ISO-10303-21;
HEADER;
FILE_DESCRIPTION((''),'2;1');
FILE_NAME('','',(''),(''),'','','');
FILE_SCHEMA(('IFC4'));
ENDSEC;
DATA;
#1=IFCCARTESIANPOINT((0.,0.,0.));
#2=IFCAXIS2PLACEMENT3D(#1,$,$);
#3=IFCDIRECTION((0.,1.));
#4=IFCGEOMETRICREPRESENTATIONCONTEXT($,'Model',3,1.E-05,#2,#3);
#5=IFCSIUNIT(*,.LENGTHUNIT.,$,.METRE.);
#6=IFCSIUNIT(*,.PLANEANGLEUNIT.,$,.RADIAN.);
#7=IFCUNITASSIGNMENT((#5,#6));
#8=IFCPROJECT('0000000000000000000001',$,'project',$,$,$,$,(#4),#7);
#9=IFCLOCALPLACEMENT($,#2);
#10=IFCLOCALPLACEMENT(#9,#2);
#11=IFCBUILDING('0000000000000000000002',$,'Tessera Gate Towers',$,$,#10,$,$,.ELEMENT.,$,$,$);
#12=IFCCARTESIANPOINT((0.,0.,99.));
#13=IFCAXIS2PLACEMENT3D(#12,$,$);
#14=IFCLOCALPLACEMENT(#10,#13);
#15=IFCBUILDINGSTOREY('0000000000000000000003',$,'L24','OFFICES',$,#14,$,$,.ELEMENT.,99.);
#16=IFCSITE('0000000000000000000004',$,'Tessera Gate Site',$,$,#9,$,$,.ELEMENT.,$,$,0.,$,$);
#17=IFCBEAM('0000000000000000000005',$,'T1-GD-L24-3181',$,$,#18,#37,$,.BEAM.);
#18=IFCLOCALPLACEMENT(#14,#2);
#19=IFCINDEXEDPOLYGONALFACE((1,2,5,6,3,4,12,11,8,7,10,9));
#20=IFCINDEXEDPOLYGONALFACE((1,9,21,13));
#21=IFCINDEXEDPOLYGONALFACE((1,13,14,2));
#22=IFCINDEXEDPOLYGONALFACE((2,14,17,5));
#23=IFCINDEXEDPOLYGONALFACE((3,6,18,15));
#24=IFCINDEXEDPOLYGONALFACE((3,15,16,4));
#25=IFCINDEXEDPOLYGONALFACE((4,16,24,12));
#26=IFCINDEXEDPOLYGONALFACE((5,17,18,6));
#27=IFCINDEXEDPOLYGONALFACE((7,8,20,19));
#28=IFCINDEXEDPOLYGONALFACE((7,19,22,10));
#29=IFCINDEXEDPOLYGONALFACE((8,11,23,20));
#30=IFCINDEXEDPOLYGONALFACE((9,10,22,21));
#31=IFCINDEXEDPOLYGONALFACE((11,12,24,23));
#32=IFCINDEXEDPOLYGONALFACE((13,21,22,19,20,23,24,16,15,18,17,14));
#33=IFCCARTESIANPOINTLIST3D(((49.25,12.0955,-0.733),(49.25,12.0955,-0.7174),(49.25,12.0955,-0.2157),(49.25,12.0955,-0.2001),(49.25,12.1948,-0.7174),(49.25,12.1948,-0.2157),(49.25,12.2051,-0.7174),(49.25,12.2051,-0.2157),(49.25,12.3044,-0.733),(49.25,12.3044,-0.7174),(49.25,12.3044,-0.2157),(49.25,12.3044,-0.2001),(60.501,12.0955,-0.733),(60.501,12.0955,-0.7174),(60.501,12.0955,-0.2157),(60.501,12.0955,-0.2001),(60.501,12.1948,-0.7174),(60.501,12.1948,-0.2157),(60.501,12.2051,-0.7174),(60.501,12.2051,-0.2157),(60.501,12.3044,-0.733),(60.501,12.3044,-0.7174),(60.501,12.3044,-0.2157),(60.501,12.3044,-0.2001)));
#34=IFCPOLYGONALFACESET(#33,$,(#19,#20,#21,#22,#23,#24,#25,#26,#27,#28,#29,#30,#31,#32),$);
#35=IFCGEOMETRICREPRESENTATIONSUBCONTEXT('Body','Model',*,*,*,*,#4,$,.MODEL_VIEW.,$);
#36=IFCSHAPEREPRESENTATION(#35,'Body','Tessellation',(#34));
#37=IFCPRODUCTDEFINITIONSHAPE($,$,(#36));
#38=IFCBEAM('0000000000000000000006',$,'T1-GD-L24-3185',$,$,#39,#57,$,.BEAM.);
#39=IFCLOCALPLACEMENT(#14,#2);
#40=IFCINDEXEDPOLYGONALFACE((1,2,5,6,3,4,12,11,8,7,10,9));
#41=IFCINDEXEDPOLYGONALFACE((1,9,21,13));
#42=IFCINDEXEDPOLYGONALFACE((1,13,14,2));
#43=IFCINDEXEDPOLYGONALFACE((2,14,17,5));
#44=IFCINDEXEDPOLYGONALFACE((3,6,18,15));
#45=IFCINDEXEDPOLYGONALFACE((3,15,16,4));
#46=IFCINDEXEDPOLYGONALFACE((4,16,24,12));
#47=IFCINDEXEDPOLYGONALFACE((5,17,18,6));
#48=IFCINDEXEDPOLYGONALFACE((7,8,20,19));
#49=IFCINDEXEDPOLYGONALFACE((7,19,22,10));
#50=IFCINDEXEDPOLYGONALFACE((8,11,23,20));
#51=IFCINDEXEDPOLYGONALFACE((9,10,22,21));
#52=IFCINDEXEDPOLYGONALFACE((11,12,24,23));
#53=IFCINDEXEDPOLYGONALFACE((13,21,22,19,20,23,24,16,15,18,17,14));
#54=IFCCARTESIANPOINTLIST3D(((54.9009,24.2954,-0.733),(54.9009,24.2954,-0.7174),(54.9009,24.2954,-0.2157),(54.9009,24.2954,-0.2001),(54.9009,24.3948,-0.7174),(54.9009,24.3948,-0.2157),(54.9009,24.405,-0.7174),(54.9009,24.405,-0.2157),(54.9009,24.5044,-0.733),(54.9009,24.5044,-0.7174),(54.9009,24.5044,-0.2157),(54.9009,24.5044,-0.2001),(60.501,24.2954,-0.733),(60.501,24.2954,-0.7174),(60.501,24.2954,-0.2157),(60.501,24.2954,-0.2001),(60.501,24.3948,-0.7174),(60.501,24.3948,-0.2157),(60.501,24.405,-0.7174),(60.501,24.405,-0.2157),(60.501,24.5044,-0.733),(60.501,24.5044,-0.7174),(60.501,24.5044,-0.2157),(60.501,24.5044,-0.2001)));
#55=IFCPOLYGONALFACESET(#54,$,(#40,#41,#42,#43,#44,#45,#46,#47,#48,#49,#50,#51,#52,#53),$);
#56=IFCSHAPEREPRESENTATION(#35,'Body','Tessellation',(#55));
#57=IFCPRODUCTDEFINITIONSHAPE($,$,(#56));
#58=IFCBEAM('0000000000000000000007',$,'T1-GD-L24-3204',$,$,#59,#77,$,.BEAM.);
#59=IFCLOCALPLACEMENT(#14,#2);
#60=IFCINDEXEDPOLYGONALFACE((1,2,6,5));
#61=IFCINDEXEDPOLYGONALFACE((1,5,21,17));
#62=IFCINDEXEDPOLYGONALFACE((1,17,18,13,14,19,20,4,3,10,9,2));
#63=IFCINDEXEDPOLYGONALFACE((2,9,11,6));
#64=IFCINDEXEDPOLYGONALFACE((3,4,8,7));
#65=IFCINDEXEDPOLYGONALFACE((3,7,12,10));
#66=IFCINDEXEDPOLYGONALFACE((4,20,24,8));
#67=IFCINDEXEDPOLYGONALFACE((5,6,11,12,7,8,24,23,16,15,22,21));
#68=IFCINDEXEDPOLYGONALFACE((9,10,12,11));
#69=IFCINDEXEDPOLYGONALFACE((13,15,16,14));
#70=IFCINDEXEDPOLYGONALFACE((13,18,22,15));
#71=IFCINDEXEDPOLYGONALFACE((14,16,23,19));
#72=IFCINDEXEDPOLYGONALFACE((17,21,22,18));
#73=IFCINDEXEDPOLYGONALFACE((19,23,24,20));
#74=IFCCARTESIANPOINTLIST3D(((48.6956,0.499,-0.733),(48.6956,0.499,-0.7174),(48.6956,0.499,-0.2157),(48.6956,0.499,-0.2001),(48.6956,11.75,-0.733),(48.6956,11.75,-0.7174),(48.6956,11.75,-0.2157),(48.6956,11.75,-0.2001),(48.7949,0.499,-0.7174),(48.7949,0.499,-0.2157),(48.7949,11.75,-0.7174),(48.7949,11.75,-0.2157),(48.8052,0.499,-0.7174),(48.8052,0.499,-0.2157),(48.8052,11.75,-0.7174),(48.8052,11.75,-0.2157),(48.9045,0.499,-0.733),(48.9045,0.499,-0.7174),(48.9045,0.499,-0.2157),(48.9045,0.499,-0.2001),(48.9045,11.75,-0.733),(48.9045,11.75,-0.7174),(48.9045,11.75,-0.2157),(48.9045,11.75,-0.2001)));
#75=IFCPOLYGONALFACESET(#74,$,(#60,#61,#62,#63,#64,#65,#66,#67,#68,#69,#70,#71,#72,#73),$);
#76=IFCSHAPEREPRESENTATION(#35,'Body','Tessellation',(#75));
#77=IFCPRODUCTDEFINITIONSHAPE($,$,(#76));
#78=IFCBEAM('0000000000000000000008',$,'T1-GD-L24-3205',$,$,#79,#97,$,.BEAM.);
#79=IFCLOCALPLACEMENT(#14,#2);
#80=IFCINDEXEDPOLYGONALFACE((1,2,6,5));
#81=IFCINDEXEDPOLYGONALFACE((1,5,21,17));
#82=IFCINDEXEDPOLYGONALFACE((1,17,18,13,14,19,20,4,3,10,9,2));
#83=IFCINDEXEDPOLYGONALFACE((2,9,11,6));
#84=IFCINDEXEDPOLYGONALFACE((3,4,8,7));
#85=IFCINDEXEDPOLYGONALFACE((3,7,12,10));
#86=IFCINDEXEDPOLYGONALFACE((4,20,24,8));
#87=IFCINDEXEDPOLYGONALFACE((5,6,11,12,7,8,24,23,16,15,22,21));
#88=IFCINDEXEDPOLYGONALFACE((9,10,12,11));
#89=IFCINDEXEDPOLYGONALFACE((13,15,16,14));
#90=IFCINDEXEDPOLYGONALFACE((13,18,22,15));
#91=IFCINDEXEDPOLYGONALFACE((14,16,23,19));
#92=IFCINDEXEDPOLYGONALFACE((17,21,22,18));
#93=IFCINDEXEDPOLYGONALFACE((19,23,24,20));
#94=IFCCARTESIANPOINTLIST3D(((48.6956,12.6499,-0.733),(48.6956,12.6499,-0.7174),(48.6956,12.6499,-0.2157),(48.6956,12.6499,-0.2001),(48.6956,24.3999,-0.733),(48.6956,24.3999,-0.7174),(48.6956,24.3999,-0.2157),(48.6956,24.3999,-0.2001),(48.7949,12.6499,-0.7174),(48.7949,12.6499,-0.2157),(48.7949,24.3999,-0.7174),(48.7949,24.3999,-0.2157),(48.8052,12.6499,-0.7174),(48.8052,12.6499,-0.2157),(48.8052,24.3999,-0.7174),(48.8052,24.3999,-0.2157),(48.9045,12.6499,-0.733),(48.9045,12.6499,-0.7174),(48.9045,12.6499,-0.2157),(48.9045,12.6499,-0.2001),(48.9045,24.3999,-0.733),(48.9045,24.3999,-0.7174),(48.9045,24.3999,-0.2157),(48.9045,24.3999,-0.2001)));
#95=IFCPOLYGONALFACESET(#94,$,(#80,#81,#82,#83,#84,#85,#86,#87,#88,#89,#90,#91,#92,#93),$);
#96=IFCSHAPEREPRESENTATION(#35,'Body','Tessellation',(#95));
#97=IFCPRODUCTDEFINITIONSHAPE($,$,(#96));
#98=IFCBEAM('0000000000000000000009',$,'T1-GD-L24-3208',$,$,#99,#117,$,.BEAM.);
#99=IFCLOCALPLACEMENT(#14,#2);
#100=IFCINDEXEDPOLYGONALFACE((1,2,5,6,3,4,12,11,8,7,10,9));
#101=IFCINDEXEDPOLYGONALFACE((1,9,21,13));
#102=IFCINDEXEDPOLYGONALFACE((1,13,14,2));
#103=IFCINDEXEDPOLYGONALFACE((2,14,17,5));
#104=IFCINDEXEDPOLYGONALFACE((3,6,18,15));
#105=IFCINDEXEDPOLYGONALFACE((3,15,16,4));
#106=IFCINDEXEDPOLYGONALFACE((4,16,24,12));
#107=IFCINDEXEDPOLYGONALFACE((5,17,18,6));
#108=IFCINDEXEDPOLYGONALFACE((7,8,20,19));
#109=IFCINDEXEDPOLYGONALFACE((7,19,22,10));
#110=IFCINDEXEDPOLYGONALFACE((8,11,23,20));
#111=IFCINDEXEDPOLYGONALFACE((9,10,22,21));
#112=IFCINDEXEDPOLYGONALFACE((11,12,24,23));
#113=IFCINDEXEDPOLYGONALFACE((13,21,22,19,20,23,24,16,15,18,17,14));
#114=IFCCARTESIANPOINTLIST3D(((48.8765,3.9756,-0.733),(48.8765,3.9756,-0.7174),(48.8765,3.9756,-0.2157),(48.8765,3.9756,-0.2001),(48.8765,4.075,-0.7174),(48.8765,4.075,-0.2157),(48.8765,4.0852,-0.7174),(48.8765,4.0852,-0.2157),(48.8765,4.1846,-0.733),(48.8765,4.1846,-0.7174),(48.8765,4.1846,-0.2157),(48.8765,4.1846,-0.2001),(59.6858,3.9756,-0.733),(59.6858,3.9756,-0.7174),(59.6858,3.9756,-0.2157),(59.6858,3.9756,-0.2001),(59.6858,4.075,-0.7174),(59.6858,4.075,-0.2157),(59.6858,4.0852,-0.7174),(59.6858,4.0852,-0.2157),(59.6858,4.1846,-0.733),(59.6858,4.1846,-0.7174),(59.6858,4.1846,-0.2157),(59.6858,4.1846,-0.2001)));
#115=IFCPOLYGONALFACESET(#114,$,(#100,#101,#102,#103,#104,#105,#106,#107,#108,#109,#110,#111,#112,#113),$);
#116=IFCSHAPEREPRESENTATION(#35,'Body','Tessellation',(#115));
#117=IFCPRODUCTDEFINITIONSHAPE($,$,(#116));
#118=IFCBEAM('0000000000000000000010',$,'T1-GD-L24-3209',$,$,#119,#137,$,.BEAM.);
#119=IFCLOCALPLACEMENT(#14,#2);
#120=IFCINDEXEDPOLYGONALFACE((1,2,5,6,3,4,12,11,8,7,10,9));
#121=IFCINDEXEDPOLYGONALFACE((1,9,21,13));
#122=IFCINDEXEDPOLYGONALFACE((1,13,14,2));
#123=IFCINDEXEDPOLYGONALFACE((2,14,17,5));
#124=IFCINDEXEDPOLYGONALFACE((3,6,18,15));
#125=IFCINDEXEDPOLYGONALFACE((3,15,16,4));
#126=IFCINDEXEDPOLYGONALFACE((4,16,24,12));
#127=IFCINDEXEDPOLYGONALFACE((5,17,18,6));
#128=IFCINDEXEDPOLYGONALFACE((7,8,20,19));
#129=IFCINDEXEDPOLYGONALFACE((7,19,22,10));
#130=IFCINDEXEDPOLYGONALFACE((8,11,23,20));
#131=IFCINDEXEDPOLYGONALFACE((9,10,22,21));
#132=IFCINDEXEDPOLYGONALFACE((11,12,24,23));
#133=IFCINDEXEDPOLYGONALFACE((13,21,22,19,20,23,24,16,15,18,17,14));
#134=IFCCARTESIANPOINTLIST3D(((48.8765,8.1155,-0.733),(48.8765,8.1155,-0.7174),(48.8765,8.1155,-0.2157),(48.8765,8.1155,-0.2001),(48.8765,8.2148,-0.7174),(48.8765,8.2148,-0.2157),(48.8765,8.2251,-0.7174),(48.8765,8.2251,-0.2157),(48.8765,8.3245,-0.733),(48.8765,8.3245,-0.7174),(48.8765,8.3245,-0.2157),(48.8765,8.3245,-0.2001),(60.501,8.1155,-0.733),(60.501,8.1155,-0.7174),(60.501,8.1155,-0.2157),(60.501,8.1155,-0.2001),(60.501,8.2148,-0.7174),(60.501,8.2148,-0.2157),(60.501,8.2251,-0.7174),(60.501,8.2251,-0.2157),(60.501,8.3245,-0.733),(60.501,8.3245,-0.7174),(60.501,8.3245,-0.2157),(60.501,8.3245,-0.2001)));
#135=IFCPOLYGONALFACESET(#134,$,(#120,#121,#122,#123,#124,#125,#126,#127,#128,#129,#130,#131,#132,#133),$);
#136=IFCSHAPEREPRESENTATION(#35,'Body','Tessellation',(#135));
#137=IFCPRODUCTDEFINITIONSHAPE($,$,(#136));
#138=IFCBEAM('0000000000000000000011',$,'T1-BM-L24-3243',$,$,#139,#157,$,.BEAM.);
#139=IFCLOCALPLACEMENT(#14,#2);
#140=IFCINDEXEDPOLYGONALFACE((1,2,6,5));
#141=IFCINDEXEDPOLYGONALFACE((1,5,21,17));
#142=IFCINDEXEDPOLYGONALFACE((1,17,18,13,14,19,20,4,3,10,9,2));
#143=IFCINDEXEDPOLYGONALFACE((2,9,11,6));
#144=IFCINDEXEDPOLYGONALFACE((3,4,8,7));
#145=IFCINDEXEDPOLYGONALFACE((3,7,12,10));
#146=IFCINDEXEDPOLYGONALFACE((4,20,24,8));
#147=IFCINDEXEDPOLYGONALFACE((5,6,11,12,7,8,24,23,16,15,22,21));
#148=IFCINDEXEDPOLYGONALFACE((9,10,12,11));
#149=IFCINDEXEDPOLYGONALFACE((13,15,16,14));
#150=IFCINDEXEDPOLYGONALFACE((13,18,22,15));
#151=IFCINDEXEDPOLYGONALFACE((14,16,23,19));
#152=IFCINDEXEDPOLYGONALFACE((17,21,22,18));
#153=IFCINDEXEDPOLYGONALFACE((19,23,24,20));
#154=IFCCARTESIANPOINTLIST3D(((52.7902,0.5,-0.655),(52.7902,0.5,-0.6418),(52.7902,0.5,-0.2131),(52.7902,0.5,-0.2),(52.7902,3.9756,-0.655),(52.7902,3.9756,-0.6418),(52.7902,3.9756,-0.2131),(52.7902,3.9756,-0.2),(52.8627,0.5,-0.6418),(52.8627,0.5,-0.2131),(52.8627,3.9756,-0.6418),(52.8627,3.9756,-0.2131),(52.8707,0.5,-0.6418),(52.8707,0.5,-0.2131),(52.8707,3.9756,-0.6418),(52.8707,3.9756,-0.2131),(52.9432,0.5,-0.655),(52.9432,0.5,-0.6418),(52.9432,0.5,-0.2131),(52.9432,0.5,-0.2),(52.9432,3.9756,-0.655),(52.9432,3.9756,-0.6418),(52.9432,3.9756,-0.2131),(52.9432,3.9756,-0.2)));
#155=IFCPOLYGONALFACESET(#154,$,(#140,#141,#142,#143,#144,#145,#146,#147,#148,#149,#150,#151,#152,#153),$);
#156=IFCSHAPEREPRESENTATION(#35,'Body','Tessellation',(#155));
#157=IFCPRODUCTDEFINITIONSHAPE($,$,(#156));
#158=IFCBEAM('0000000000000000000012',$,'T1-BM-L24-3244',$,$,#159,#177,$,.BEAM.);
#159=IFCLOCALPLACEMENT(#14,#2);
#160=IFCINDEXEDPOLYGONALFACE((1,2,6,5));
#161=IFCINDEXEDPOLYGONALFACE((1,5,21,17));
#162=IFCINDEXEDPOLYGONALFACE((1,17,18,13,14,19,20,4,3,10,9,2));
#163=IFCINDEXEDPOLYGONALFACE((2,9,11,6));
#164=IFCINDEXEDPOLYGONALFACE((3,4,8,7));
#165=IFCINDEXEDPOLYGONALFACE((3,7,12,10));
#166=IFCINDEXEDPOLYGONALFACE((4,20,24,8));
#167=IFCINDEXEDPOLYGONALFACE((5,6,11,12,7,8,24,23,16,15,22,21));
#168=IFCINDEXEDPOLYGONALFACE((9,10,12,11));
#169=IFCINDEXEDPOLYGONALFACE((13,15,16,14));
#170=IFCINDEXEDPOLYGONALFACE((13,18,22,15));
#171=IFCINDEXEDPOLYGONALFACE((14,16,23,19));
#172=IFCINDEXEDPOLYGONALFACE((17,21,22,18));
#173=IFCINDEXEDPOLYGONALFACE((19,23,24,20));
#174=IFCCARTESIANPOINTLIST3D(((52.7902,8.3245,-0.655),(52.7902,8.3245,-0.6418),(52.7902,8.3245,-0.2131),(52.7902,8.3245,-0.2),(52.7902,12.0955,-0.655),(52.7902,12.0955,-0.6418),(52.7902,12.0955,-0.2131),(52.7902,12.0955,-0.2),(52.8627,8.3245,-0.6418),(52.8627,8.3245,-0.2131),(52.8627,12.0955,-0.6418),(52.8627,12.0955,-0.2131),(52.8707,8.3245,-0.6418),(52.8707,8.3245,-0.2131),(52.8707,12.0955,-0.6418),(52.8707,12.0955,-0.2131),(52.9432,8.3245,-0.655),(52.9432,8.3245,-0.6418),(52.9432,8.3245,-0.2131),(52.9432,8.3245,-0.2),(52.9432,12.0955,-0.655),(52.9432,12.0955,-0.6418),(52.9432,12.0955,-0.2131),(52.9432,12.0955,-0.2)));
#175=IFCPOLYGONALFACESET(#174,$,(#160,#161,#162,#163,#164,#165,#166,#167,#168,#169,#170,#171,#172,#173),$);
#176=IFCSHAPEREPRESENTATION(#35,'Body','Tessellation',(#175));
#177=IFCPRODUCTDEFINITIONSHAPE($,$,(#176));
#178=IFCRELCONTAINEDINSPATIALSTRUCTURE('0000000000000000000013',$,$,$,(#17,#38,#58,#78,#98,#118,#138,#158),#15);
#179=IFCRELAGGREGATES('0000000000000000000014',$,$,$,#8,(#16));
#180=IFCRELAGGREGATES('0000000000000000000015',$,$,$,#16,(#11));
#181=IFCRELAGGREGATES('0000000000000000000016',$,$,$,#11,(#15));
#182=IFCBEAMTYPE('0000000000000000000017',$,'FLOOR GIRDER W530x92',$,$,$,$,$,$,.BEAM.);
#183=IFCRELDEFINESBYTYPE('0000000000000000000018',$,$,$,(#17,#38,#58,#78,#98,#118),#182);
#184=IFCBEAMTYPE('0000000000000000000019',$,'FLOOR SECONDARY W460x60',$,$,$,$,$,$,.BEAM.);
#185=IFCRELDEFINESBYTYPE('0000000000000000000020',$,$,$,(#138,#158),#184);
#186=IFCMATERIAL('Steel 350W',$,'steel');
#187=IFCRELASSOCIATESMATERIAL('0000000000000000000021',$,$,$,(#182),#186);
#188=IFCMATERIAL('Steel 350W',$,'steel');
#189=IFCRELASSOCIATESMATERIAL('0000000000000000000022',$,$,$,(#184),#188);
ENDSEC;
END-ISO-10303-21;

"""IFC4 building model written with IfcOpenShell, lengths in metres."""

from ifc_helpers import new_model, si_unit, direction, frame, origin, origin_2d, place, context, subcontext, project, spatial, i_section, extrude, material, material_profile, profile_set, type_object, element, save


model = new_model("IFC4")

# Units and contexts
model_context = context("Model", 3, precision=1e-05, world=origin(), true_north=direction((0.0, 1.0)))
body_context = subcontext(model_context, "Body", "Model", "MODEL_VIEW")
ifc_project = project(units=[si_unit("LENGTHUNIT", "METRE"), si_unit("PLANEANGLEUNIT", "RADIAN")], contexts=[model_context])

# Site, building, storey
site_placement = place(None, origin())
site = spatial("IfcSite", under=ifc_project, at=site_placement, Name="Tessera Gate Site", CompositionType="ELEMENT", RefElevation=0.0)
building_placement = place(site_placement, origin())
building = spatial("IfcBuilding", under=site, at=building_placement, Name="Tessera Gate Towers", CompositionType="ELEMENT")
storey_placement = place(building_placement, frame((0.0, 0.0, 99.0)))
storey = spatial("IfcBuildingStorey", under=building, at=storey_placement, Name="L24", Description="OFFICES", CompositionType="ELEMENT", Elevation=99.0)

# Beams
ifc_material_1 = material(Name="Steel 350W", Category="steel")
ifc_material_profile_1 = material_profile(ifc_material_1, i_section(OverallWidth=0.209, OverallDepth=0.533, WebThickness=0.0103, FlangeThickness=0.0156, at=origin_2d()), Name="W530x92")
ifc_profile_set_1 = profile_set([ifc_material_profile_1], Name="Steel 350W")
beam_type_1 = type_object("IfcBeamType", Name="FLOOR GIRDER W530x92", PredefinedType="BEAM", material=ifc_profile_set_1)
beam_1_placement = place(storey_placement, frame((49.25, 12.2, -0.4666), z_axis=(1.0, 0.0, 0.0), x_axis=(0.0, 1.0, 0.0)))
element("IfcBeam", 1, at=beam_1_placement, inside=storey, type_object=beam_type_1, Name="T1-GD-L24-3181", PredefinedType="BEAM", context=body_context, shape_type="SweptSolid", body=[
    extrude(i_section(OverallWidth=0.209, OverallDepth=0.533, WebThickness=0.0103, FlangeThickness=0.0156, at=origin_2d()), origin(), (0.0, 0.0, 1.0), 11.251),
])
beam_2_placement = place(storey_placement, frame((54.9009, 24.3999, -0.4666), z_axis=(1.0, 0.0, 0.0), x_axis=(0.0, 1.0, 0.0)))
element("IfcBeam", 2, at=beam_2_placement, inside=storey, type_object=beam_type_1, Name="T1-GD-L24-3185", PredefinedType="BEAM", context=body_context, shape_type="SweptSolid", body=[
    extrude(i_section(OverallWidth=0.209, OverallDepth=0.533, WebThickness=0.0103, FlangeThickness=0.0156, at=origin_2d()), origin(), (0.0, 0.0, 1.0), 5.6001),
])
beam_3_placement = place(storey_placement, frame((48.8, 0.499, -0.4666), z_axis=(0.0, 1.0, 0.0), x_axis=(-1.0, 0.0, 0.0)))
element("IfcBeam", 3, at=beam_3_placement, inside=storey, type_object=beam_type_1, Name="T1-GD-L24-3204", PredefinedType="BEAM", context=body_context, shape_type="SweptSolid", body=[
    extrude(i_section(OverallWidth=0.209, OverallDepth=0.533, WebThickness=0.0103, FlangeThickness=0.0156, at=origin_2d()), origin(), (0.0, 0.0, 1.0), 11.251),
])
beam_4_placement = place(storey_placement, frame((48.8, 12.6499, -0.4666), z_axis=(0.0, 1.0, 0.0), x_axis=(-1.0, 0.0, 0.0)))
element("IfcBeam", 4, at=beam_4_placement, inside=storey, type_object=beam_type_1, Name="T1-GD-L24-3205", PredefinedType="BEAM", context=body_context, shape_type="SweptSolid", body=[
    extrude(i_section(OverallWidth=0.209, OverallDepth=0.533, WebThickness=0.0103, FlangeThickness=0.0156, at=origin_2d()), origin(), (0.0, 0.0, 1.0), 11.75),
])
beam_5_placement = place(storey_placement, frame((48.8765, 4.0801, -0.4666), z_axis=(1.0, 0.0, 0.0), x_axis=(0.0, 1.0, 0.0)))
element("IfcBeam", 5, at=beam_5_placement, inside=storey, type_object=beam_type_1, Name="T1-GD-L24-3208", PredefinedType="BEAM", context=body_context, shape_type="SweptSolid", body=[
    extrude(i_section(OverallWidth=0.209, OverallDepth=0.533, WebThickness=0.0103, FlangeThickness=0.0156, at=origin_2d()), origin(), (0.0, 0.0, 1.0), 10.8093),
])
beam_6_placement = place(storey_placement, frame((48.8765, 8.22, -0.4666), z_axis=(1.0, 0.0, 0.0), x_axis=(0.0, 1.0, 0.0)))
element("IfcBeam", 6, at=beam_6_placement, inside=storey, type_object=beam_type_1, Name="T1-GD-L24-3209", PredefinedType="BEAM", context=body_context, shape_type="SweptSolid", body=[
    extrude(i_section(OverallWidth=0.209, OverallDepth=0.533, WebThickness=0.0103, FlangeThickness=0.0156, at=origin_2d()), origin(), (0.0, 0.0, 1.0), 11.6245),
])
ifc_material_2 = material(Name="Steel 350W", Category="steel")
ifc_material_profile_2 = material_profile(ifc_material_2, i_section(OverallWidth=0.1531, OverallDepth=0.4551, WebThickness=0.0081, FlangeThickness=0.0132, at=origin_2d()), Name="W460x60")
ifc_profile_set_2 = profile_set([ifc_material_profile_2], Name="Steel 350W")
beam_type_2 = type_object("IfcBeamType", Name="FLOOR SECONDARY W460x60", PredefinedType="BEAM", material=ifc_profile_set_2)
beam_7_placement = place(storey_placement, frame((52.8667, 0.5, -0.4275), z_axis=(0.0, 1.0, 0.0), x_axis=(-1.0, 0.0, 0.0)))
element("IfcBeam", 7, at=beam_7_placement, inside=storey, type_object=beam_type_2, Name="T1-BM-L24-3243", PredefinedType="BEAM", context=body_context, shape_type="SweptSolid", body=[
    extrude(i_section(OverallWidth=0.1531, OverallDepth=0.4551, WebThickness=0.0081, FlangeThickness=0.0132, at=origin_2d()), origin(), (0.0, 0.0, 1.0), 3.4756),
])
beam_8_placement = place(storey_placement, frame((52.8667, 8.3245, -0.4275), z_axis=(0.0, 1.0, 0.0), x_axis=(-1.0, 0.0, 0.0)))
element("IfcBeam", 8, at=beam_8_placement, inside=storey, type_object=beam_type_2, Name="T1-BM-L24-3244", PredefinedType="BEAM", context=body_context, shape_type="SweptSolid", body=[
    extrude(i_section(OverallWidth=0.1531, OverallDepth=0.4551, WebThickness=0.0081, FlangeThickness=0.0132, at=origin_2d()), origin(), (0.0, 0.0, 1.0), 3.771),
])

save(model, "model.ifc")
